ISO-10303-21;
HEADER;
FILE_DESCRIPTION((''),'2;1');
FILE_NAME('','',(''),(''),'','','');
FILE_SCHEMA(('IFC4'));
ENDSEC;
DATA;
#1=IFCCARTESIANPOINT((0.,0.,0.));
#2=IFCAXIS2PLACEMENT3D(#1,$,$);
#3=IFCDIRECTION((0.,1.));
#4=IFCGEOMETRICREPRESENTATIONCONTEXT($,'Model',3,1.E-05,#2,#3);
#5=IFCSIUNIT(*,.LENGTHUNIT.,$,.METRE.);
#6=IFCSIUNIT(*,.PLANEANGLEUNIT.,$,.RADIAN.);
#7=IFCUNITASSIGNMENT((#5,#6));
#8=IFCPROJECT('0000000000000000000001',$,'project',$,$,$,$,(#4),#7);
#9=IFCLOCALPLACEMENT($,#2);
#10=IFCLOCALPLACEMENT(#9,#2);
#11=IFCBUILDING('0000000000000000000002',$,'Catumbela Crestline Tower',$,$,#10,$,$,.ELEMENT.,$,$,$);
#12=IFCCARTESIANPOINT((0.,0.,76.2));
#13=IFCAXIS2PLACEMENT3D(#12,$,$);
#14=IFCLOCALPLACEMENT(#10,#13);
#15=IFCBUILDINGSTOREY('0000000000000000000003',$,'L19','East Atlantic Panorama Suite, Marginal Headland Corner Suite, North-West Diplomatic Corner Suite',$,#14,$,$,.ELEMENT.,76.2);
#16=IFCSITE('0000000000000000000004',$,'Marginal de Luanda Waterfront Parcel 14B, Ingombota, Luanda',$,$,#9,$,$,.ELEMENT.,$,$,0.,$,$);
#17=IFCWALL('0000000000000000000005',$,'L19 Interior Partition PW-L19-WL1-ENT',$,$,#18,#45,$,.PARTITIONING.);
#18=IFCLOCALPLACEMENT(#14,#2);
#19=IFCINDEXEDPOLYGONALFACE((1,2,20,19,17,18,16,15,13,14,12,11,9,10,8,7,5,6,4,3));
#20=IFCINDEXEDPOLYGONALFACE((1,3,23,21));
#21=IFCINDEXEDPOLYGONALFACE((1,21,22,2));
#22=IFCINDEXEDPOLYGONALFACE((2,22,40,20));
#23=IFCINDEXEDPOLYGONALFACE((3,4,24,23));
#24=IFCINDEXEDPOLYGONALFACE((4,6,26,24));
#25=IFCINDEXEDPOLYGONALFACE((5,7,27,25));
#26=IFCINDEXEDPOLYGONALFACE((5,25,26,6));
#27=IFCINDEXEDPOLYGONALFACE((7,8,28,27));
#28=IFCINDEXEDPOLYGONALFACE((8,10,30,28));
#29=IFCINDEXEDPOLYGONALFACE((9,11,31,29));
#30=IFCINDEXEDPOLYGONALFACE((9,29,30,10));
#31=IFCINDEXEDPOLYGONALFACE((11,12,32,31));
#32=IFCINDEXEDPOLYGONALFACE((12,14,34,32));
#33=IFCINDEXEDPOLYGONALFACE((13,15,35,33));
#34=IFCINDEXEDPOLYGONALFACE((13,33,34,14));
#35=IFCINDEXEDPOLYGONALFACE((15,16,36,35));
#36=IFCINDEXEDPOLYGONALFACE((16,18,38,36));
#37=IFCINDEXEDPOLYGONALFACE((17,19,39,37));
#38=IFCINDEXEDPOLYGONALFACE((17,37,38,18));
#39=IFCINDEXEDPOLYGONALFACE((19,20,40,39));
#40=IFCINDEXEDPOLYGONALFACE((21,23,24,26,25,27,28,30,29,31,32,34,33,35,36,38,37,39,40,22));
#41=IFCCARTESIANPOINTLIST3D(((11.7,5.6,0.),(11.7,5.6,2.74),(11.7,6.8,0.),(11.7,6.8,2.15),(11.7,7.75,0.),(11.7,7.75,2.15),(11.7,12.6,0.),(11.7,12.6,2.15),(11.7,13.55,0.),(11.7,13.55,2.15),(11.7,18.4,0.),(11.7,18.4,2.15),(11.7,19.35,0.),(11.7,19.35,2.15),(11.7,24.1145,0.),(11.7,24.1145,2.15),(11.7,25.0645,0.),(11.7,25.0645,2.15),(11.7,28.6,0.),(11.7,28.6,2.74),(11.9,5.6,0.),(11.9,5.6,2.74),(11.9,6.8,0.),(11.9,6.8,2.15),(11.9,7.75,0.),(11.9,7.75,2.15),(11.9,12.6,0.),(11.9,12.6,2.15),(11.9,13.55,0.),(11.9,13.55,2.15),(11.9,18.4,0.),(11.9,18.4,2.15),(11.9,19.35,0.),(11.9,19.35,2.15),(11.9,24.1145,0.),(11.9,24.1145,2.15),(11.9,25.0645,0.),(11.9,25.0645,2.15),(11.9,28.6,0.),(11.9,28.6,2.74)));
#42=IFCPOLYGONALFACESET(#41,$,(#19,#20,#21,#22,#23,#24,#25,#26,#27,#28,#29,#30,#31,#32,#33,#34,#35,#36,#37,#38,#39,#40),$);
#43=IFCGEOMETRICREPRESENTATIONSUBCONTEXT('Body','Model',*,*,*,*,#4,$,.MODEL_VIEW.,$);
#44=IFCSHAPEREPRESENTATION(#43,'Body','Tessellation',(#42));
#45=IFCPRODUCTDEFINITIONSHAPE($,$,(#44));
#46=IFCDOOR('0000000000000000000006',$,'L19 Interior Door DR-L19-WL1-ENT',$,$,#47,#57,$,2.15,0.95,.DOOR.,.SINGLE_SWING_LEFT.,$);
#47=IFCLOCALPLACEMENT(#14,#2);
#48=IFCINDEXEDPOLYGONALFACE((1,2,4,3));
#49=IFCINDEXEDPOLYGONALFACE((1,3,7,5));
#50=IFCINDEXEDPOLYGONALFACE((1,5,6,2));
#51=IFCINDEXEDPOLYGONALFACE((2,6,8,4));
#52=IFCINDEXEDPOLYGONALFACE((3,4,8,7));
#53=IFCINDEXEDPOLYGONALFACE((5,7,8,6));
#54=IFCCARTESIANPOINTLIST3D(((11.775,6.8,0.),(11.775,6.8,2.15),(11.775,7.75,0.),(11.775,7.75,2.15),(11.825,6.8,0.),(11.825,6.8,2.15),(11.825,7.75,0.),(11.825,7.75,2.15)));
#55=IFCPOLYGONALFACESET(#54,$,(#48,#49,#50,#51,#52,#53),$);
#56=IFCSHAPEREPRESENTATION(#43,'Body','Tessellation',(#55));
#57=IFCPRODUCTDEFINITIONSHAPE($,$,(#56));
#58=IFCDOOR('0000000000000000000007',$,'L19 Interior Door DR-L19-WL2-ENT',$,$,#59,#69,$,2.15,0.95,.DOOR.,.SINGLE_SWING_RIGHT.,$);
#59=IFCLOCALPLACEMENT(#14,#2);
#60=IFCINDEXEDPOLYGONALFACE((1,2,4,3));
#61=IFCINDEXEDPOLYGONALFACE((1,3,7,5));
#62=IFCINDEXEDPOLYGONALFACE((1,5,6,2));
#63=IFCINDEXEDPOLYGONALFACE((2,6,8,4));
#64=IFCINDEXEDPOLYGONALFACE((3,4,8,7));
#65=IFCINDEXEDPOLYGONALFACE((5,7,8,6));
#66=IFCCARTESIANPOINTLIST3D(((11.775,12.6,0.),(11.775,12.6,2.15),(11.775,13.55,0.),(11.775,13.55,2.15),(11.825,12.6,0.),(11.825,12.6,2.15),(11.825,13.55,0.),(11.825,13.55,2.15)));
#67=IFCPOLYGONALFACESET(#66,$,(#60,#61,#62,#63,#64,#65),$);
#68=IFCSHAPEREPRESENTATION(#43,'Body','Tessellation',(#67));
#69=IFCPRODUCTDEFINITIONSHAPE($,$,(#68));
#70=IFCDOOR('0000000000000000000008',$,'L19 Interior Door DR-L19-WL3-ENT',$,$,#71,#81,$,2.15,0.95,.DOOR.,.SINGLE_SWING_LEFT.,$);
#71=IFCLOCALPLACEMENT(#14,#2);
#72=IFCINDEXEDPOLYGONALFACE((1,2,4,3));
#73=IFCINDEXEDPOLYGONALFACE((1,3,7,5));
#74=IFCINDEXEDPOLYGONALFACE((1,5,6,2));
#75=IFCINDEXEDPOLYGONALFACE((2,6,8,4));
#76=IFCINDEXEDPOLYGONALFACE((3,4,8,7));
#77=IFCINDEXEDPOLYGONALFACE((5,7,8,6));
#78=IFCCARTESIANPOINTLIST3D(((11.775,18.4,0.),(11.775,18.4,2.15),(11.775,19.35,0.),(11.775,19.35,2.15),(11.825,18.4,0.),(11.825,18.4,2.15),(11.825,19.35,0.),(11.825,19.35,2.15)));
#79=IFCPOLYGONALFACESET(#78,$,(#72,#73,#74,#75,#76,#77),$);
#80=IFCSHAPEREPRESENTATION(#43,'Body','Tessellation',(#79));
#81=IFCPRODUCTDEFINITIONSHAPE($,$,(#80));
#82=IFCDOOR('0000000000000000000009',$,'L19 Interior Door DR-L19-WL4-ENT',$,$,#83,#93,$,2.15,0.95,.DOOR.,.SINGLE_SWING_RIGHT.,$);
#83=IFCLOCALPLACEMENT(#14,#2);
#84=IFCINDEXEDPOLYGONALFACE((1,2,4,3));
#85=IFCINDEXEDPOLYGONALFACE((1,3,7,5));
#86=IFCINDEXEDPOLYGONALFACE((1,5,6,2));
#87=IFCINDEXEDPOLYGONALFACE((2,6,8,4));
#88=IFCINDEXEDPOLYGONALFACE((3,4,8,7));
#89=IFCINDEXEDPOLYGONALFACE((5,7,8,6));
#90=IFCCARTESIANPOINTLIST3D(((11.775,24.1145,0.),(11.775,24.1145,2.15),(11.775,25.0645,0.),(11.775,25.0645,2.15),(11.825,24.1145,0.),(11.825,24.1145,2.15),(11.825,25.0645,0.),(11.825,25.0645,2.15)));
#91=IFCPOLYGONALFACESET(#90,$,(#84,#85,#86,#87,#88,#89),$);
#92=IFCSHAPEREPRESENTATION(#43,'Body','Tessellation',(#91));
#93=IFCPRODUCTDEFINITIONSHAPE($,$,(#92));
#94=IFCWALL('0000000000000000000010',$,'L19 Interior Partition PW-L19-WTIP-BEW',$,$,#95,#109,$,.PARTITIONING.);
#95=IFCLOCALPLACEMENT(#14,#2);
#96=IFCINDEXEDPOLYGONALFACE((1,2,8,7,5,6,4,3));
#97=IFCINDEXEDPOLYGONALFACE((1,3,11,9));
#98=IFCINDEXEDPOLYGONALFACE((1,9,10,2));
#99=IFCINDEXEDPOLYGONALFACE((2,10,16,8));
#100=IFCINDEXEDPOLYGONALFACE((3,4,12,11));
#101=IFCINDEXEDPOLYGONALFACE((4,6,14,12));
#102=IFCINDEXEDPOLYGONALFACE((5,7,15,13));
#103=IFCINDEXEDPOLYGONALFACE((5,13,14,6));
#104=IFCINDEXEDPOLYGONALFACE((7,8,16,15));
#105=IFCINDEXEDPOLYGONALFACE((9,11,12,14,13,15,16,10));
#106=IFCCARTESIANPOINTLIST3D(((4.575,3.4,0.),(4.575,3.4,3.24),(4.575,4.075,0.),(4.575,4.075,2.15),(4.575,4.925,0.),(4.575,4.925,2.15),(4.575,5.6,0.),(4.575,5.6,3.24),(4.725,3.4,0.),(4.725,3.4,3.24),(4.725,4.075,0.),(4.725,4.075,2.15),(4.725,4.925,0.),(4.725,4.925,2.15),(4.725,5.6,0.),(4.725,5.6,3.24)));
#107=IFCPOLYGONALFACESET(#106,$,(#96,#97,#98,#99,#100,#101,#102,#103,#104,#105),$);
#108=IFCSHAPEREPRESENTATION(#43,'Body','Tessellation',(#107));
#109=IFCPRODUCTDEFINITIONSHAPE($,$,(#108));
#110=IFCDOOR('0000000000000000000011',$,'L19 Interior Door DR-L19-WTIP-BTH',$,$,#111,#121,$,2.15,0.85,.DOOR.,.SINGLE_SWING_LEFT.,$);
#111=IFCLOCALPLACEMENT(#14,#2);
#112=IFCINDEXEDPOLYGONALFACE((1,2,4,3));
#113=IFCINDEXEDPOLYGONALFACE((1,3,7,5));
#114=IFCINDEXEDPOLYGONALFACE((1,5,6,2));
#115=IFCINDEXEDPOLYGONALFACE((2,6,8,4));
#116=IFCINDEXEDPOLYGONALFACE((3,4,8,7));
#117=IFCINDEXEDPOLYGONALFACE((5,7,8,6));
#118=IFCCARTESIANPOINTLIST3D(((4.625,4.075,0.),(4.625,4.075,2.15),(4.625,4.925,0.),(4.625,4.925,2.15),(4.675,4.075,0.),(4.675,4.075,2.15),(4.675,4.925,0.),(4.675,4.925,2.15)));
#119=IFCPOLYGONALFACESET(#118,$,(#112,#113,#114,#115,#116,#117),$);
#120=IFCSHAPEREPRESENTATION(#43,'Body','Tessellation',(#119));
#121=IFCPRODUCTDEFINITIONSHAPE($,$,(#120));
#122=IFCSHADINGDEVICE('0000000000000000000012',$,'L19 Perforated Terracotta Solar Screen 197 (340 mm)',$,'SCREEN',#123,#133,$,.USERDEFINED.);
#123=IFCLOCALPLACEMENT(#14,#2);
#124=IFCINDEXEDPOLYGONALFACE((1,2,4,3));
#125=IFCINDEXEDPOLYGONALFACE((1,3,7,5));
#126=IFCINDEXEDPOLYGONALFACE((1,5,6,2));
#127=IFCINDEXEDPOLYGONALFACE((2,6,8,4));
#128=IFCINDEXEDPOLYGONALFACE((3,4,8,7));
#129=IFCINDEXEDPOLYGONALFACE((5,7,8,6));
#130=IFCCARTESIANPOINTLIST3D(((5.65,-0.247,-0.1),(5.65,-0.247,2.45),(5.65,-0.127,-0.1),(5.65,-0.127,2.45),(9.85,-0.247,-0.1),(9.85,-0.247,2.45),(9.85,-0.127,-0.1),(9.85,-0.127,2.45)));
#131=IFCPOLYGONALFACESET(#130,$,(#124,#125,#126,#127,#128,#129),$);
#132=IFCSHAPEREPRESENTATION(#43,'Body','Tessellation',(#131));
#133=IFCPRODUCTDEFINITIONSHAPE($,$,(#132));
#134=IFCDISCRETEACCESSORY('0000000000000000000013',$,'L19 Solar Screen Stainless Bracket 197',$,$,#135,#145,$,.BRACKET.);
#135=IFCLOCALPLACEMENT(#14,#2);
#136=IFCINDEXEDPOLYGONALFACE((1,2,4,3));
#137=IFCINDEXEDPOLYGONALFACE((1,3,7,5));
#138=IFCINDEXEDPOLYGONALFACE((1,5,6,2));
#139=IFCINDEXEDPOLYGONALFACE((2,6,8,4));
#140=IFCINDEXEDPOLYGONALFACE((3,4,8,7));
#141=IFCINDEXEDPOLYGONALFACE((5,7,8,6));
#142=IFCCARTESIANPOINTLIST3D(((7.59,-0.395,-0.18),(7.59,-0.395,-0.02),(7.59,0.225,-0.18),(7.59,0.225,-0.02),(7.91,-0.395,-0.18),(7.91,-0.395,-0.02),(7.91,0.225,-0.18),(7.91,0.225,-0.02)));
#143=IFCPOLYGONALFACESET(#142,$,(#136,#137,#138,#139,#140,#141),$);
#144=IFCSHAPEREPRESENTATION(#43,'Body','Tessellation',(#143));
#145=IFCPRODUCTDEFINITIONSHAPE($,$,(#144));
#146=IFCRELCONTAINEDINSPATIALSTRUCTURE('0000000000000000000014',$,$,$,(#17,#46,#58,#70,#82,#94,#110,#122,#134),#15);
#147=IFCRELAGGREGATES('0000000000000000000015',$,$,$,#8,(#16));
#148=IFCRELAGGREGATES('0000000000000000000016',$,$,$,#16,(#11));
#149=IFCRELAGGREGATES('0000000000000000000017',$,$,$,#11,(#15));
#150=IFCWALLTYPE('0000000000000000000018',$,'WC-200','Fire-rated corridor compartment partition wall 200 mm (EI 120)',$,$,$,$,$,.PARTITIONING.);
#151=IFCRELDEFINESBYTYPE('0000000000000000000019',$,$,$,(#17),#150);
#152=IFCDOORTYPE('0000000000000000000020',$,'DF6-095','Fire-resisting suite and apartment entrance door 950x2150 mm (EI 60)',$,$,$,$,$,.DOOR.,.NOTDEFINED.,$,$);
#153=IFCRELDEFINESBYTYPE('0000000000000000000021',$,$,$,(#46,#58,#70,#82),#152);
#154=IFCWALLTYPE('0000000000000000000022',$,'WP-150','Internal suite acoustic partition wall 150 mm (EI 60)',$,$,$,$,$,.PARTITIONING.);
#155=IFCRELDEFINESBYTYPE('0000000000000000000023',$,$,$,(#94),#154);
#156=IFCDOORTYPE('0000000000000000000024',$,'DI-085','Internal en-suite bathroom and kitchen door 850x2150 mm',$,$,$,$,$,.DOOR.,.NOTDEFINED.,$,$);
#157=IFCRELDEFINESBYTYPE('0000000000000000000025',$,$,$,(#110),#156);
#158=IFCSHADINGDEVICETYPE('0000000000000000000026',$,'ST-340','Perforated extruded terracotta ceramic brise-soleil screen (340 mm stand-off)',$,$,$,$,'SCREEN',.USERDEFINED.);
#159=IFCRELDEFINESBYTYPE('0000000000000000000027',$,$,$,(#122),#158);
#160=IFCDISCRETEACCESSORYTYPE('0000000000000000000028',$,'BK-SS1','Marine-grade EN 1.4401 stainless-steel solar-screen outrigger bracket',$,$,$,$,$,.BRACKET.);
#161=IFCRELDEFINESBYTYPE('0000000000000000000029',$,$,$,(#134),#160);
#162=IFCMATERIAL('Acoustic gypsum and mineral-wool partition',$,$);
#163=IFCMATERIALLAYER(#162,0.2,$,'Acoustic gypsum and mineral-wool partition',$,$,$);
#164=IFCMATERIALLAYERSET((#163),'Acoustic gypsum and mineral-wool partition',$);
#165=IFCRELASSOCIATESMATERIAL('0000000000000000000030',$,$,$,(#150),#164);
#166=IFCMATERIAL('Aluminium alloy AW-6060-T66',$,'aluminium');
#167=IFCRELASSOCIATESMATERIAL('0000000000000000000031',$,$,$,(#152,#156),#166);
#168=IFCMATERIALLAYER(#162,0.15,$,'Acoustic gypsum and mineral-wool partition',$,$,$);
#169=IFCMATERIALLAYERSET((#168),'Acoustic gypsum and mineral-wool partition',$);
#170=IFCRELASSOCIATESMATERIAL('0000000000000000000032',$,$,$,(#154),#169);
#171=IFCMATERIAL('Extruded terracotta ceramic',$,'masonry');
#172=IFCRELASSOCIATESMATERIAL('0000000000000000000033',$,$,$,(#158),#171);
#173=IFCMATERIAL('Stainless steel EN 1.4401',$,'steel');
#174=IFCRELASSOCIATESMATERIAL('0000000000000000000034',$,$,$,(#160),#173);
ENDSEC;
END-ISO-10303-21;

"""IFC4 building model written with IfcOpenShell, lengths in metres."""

from ifc_helpers import new_model, si_unit, direction, frame, frame_2d, origin, origin_2d, place, context, subcontext, project, spatial, rectangle, extrude, material, layer, layer_set, type_object, element, fill, save


model = new_model("IFC4")

# Units and contexts
model_context = context("Model", 3, precision=1e-05, world=origin(), true_north=direction((0.0, 1.0)))
body_context = subcontext(model_context, "Body", "Model", "MODEL_VIEW")
ifc_project = project(units=[si_unit("LENGTHUNIT", "METRE"), si_unit("PLANEANGLEUNIT", "RADIAN")], contexts=[model_context])

# Site, building, storey
site_placement = place(None, origin())
site = spatial("IfcSite", under=ifc_project, at=site_placement, Name="Marginal de Luanda Waterfront Parcel 14B, Ingombota, Luanda", CompositionType="ELEMENT", RefElevation=0.0)
building_placement = place(site_placement, origin())
building = spatial("IfcBuilding", under=site, at=building_placement, Name="Catumbela Crestline Tower", CompositionType="ELEMENT")
storey_placement = place(building_placement, frame((0.0, 0.0, 76.2)))
storey = spatial("IfcBuildingStorey", under=building, at=storey_placement, Name="L19", Description="East Atlantic Panorama Suite, Marginal Headland Corner Suite, North-West Diplomatic Corner Suite", CompositionType="ELEMENT", Elevation=76.2)

# Shared definitions
ifc_material_1 = material(Name="Aluminium alloy AW-6060-T66", Category="aluminium")

# Shared definitions
ifc_material_2 = material(Name="Acoustic gypsum and mineral-wool partition")
ifc_layer_1 = layer(ifc_material_2, 0.2, Name="Acoustic gypsum and mineral-wool partition")
ifc_layer_set_1 = layer_set([ifc_layer_1], Name="Acoustic gypsum and mineral-wool partition")
wall_type_1 = type_object("IfcWallType", Name="WC-200", Description="Fire-rated corridor compartment partition wall 200 mm (EI 120)", PredefinedType="PARTITIONING", material=ifc_layer_set_1)
door_type_1 = type_object("IfcDoorType", Name="DF6-095", Description="Fire-resisting suite and apartment entrance door 950x2150 mm (EI 60)", OperationType="NOTDEFINED", PredefinedType="DOOR", material=ifc_material_1)

# Wall, openings, doors
wall_1_placement = place(storey_placement, frame((11.8, 5.6, 0.0), z_axis=(0.0, 0.0, 1.0), x_axis=(0.0, 1.0, 0.0)))
wall_1 = element("IfcWall", 1, at=wall_1_placement, inside=storey, type_object=wall_type_1, Name="L19 Interior Partition PW-L19-WL1-ENT", PredefinedType="PARTITIONING", context=body_context, shape_type="SweptSolid", body=[
    extrude(rectangle(XDim=23.0, YDim=0.2, at=frame_2d((11.5, 0.0))), origin(), (0.0, 0.0, 1.0), 2.74),
])
opening_1_placement = place(wall_1_placement, frame((1.2, 0.0, 0.0)))
opening_1 = element("IfcOpeningElement", 2, at=opening_1_placement, cuts=wall_1, PredefinedType="OPENING", context=body_context, shape_type="SweptSolid", body=[
    extrude(rectangle(XDim=0.95, YDim=2.15, at=frame_2d((0.475, 1.075))), frame((0.0, 0.11, 0.0), z_axis=(0.0, -1.0, 0.0), x_axis=(1.0, 0.0, 0.0)), (0.0, 0.0, 1.0), 0.22),
])
opening_2_placement = place(wall_1_placement, frame((7.0, 0.0, 0.0)))
opening_2 = element("IfcOpeningElement", 3, at=opening_2_placement, cuts=wall_1, PredefinedType="OPENING", context=body_context, shape_type="SweptSolid", body=[
    extrude(rectangle(XDim=0.95, YDim=2.15, at=frame_2d((0.475, 1.075))), frame((0.0, 0.11, 0.0), z_axis=(0.0, -1.0, 0.0), x_axis=(1.0, 0.0, 0.0)), (0.0, 0.0, 1.0), 0.22),
])
opening_3_placement = place(wall_1_placement, frame((12.8, 0.0, 0.0)))
opening_3 = element("IfcOpeningElement", 4, at=opening_3_placement, cuts=wall_1, PredefinedType="OPENING", context=body_context, shape_type="SweptSolid", body=[
    extrude(rectangle(XDim=0.95, YDim=2.15, at=frame_2d((0.475, 1.075))), frame((0.0, 0.11, 0.0), z_axis=(0.0, -1.0, 0.0), x_axis=(1.0, 0.0, 0.0)), (0.0, 0.0, 1.0), 0.22),
])
opening_4_placement = place(wall_1_placement, frame((18.5145, 0.0, 0.0)))
opening_4 = element("IfcOpeningElement", 5, at=opening_4_placement, cuts=wall_1, PredefinedType="OPENING", context=body_context, shape_type="SweptSolid", body=[
    extrude(rectangle(XDim=0.95, YDim=2.15, at=frame_2d((0.475, 1.075))), frame((0.0, 0.11, 0.0), z_axis=(0.0, -1.0, 0.0), x_axis=(1.0, 0.0, 0.0)), (0.0, 0.0, 1.0), 0.22),
])
door_1_placement = place(opening_1_placement, origin())
door_1 = element("IfcDoor", 6, at=door_1_placement, inside=storey, type_object=door_type_1, Name="L19 Interior Door DR-L19-WL1-ENT", OperationType="SINGLE_SWING_LEFT", OverallHeight=2.15, OverallWidth=0.95, PredefinedType="DOOR", context=body_context, shape_type="SweptSolid", body=[
    extrude(rectangle(XDim=0.95, YDim=2.15, at=frame_2d((0.475, 1.075))), frame((0.0, 0.025, 0.0), z_axis=(0.0, -1.0, 0.0), x_axis=(1.0, 0.0, 0.0)), (0.0, 0.0, 1.0), 0.05),
])
fill(opening_1, door_1)
door_2_placement = place(opening_2_placement, origin())
door_2 = element("IfcDoor", 7, at=door_2_placement, inside=storey, type_object=door_type_1, Name="L19 Interior Door DR-L19-WL2-ENT", OperationType="SINGLE_SWING_RIGHT", OverallHeight=2.15, OverallWidth=0.95, PredefinedType="DOOR", context=body_context, shape_type="SweptSolid", body=[
    extrude(rectangle(XDim=0.95, YDim=2.15, at=frame_2d((0.475, 1.075))), frame((0.0, 0.025, 0.0), z_axis=(0.0, -1.0, 0.0), x_axis=(1.0, 0.0, 0.0)), (0.0, 0.0, 1.0), 0.05),
])
fill(opening_2, door_2)
door_3_placement = place(opening_3_placement, origin())
door_3 = element("IfcDoor", 8, at=door_3_placement, inside=storey, type_object=door_type_1, Name="L19 Interior Door DR-L19-WL3-ENT", OperationType="SINGLE_SWING_LEFT", OverallHeight=2.15, OverallWidth=0.95, PredefinedType="DOOR", context=body_context, shape_type="SweptSolid", body=[
    extrude(rectangle(XDim=0.95, YDim=2.15, at=frame_2d((0.475, 1.075))), frame((0.0, 0.025, 0.0), z_axis=(0.0, -1.0, 0.0), x_axis=(1.0, 0.0, 0.0)), (0.0, 0.0, 1.0), 0.05),
])
fill(opening_3, door_3)
door_4_placement = place(opening_4_placement, origin())
door_4 = element("IfcDoor", 9, at=door_4_placement, inside=storey, type_object=door_type_1, Name="L19 Interior Door DR-L19-WL4-ENT", OperationType="SINGLE_SWING_RIGHT", OverallHeight=2.15, OverallWidth=0.95, PredefinedType="DOOR", context=body_context, shape_type="SweptSolid", body=[
    extrude(rectangle(XDim=0.95, YDim=2.15, at=frame_2d((0.475, 1.075))), frame((0.0, 0.025, 0.0), z_axis=(0.0, -1.0, 0.0), x_axis=(1.0, 0.0, 0.0)), (0.0, 0.0, 1.0), 0.05),
])
fill(opening_4, door_4)

# Wall, opening, door
ifc_layer_2 = layer(ifc_material_2, 0.15, Name="Acoustic gypsum and mineral-wool partition")
ifc_layer_set_2 = layer_set([ifc_layer_2], Name="Acoustic gypsum and mineral-wool partition")
wall_type_2 = type_object("IfcWallType", Name="WP-150", Description="Internal suite acoustic partition wall 150 mm (EI 60)", PredefinedType="PARTITIONING", material=ifc_layer_set_2)
wall_2_placement = place(storey_placement, frame((4.65, 3.4, 0.0), z_axis=(0.0, 0.0, 1.0), x_axis=(0.0, 1.0, 0.0)))
wall_2 = element("IfcWall", 10, at=wall_2_placement, inside=storey, type_object=wall_type_2, Name="L19 Interior Partition PW-L19-WTIP-BEW", PredefinedType="PARTITIONING", context=body_context, shape_type="SweptSolid", body=[
    extrude(rectangle(XDim=2.2, YDim=0.15, at=frame_2d((1.1, 0.0))), origin(), (0.0, 0.0, 1.0), 3.24),
])
opening_5_placement = place(wall_2_placement, frame((0.675, 0.0, 0.0)))
opening_5 = element("IfcOpeningElement", 11, at=opening_5_placement, cuts=wall_2, PredefinedType="OPENING", context=body_context, shape_type="SweptSolid", body=[
    extrude(rectangle(XDim=0.85, YDim=2.15, at=frame_2d((0.425, 1.075))), frame((0.0, 0.085, 0.0), z_axis=(0.0, -1.0, 0.0), x_axis=(1.0, 0.0, 0.0)), (0.0, 0.0, 1.0), 0.17),
])
door_type_2 = type_object("IfcDoorType", Name="DI-085", Description="Internal en-suite bathroom and kitchen door 850x2150 mm", OperationType="NOTDEFINED", PredefinedType="DOOR", material=ifc_material_1)
door_5_placement = place(opening_5_placement, origin())
door_5 = element("IfcDoor", 12, at=door_5_placement, inside=storey, type_object=door_type_2, Name="L19 Interior Door DR-L19-WTIP-BTH", OperationType="SINGLE_SWING_LEFT", OverallHeight=2.15, OverallWidth=0.85, PredefinedType="DOOR", context=body_context, shape_type="SweptSolid", body=[
    extrude(rectangle(XDim=0.85, YDim=2.15, at=frame_2d((0.425, 1.075))), frame((0.0, 0.025, 0.0), z_axis=(0.0, -1.0, 0.0), x_axis=(1.0, 0.0, 0.0)), (0.0, 0.0, 1.0), 0.05),
])
fill(opening_5, door_5)

# Shading device
ifc_material_3 = material(Name="Extruded terracotta ceramic", Category="masonry")
shading_device_type = type_object("IfcShadingDeviceType", Name="ST-340", Description="Perforated extruded terracotta ceramic brise-soleil screen (340 mm stand-off)", ElementType="SCREEN", PredefinedType="USERDEFINED", material=ifc_material_3)
shading_device_placement = place(storey_placement, frame((7.75, -0.187, -0.1), z_axis=(0.0, 0.0, 1.0), x_axis=(1.0, 0.0, 0.0)))
element("IfcShadingDevice", 13, at=shading_device_placement, inside=storey, type_object=shading_device_type, Name="L19 Perforated Terracotta Solar Screen 197 (340 mm)", ObjectType="SCREEN", PredefinedType="USERDEFINED", context=body_context, shape_type="SweptSolid", body=[
    extrude(rectangle(XDim=4.2, YDim=0.12, at=origin_2d()), origin(), (0.0, 0.0, 1.0), 2.55),
])

# Discrete accessory
ifc_material_4 = material(Name="Stainless steel EN 1.4401", Category="steel")
discrete_accessory_type = type_object("IfcDiscreteAccessoryType", Name="BK-SS1", Description="Marine-grade EN 1.4401 stainless-steel solar-screen outrigger bracket", PredefinedType="BRACKET", material=ifc_material_4)
discrete_accessory_placement = place(storey_placement, frame((7.75, -0.085, -0.18), z_axis=(0.0, 0.0, 1.0), x_axis=(1.0, 0.0, 0.0)))
element("IfcDiscreteAccessory", 14, at=discrete_accessory_placement, inside=storey, type_object=discrete_accessory_type, Name="L19 Solar Screen Stainless Bracket 197", PredefinedType="BRACKET", context=body_context, shape_type="SweptSolid", body=[
    extrude(rectangle(XDim=0.32, YDim=0.62, at=origin_2d()), origin(), (0.0, 0.0, 1.0), 0.16),
])

save(model, "model.ifc")
